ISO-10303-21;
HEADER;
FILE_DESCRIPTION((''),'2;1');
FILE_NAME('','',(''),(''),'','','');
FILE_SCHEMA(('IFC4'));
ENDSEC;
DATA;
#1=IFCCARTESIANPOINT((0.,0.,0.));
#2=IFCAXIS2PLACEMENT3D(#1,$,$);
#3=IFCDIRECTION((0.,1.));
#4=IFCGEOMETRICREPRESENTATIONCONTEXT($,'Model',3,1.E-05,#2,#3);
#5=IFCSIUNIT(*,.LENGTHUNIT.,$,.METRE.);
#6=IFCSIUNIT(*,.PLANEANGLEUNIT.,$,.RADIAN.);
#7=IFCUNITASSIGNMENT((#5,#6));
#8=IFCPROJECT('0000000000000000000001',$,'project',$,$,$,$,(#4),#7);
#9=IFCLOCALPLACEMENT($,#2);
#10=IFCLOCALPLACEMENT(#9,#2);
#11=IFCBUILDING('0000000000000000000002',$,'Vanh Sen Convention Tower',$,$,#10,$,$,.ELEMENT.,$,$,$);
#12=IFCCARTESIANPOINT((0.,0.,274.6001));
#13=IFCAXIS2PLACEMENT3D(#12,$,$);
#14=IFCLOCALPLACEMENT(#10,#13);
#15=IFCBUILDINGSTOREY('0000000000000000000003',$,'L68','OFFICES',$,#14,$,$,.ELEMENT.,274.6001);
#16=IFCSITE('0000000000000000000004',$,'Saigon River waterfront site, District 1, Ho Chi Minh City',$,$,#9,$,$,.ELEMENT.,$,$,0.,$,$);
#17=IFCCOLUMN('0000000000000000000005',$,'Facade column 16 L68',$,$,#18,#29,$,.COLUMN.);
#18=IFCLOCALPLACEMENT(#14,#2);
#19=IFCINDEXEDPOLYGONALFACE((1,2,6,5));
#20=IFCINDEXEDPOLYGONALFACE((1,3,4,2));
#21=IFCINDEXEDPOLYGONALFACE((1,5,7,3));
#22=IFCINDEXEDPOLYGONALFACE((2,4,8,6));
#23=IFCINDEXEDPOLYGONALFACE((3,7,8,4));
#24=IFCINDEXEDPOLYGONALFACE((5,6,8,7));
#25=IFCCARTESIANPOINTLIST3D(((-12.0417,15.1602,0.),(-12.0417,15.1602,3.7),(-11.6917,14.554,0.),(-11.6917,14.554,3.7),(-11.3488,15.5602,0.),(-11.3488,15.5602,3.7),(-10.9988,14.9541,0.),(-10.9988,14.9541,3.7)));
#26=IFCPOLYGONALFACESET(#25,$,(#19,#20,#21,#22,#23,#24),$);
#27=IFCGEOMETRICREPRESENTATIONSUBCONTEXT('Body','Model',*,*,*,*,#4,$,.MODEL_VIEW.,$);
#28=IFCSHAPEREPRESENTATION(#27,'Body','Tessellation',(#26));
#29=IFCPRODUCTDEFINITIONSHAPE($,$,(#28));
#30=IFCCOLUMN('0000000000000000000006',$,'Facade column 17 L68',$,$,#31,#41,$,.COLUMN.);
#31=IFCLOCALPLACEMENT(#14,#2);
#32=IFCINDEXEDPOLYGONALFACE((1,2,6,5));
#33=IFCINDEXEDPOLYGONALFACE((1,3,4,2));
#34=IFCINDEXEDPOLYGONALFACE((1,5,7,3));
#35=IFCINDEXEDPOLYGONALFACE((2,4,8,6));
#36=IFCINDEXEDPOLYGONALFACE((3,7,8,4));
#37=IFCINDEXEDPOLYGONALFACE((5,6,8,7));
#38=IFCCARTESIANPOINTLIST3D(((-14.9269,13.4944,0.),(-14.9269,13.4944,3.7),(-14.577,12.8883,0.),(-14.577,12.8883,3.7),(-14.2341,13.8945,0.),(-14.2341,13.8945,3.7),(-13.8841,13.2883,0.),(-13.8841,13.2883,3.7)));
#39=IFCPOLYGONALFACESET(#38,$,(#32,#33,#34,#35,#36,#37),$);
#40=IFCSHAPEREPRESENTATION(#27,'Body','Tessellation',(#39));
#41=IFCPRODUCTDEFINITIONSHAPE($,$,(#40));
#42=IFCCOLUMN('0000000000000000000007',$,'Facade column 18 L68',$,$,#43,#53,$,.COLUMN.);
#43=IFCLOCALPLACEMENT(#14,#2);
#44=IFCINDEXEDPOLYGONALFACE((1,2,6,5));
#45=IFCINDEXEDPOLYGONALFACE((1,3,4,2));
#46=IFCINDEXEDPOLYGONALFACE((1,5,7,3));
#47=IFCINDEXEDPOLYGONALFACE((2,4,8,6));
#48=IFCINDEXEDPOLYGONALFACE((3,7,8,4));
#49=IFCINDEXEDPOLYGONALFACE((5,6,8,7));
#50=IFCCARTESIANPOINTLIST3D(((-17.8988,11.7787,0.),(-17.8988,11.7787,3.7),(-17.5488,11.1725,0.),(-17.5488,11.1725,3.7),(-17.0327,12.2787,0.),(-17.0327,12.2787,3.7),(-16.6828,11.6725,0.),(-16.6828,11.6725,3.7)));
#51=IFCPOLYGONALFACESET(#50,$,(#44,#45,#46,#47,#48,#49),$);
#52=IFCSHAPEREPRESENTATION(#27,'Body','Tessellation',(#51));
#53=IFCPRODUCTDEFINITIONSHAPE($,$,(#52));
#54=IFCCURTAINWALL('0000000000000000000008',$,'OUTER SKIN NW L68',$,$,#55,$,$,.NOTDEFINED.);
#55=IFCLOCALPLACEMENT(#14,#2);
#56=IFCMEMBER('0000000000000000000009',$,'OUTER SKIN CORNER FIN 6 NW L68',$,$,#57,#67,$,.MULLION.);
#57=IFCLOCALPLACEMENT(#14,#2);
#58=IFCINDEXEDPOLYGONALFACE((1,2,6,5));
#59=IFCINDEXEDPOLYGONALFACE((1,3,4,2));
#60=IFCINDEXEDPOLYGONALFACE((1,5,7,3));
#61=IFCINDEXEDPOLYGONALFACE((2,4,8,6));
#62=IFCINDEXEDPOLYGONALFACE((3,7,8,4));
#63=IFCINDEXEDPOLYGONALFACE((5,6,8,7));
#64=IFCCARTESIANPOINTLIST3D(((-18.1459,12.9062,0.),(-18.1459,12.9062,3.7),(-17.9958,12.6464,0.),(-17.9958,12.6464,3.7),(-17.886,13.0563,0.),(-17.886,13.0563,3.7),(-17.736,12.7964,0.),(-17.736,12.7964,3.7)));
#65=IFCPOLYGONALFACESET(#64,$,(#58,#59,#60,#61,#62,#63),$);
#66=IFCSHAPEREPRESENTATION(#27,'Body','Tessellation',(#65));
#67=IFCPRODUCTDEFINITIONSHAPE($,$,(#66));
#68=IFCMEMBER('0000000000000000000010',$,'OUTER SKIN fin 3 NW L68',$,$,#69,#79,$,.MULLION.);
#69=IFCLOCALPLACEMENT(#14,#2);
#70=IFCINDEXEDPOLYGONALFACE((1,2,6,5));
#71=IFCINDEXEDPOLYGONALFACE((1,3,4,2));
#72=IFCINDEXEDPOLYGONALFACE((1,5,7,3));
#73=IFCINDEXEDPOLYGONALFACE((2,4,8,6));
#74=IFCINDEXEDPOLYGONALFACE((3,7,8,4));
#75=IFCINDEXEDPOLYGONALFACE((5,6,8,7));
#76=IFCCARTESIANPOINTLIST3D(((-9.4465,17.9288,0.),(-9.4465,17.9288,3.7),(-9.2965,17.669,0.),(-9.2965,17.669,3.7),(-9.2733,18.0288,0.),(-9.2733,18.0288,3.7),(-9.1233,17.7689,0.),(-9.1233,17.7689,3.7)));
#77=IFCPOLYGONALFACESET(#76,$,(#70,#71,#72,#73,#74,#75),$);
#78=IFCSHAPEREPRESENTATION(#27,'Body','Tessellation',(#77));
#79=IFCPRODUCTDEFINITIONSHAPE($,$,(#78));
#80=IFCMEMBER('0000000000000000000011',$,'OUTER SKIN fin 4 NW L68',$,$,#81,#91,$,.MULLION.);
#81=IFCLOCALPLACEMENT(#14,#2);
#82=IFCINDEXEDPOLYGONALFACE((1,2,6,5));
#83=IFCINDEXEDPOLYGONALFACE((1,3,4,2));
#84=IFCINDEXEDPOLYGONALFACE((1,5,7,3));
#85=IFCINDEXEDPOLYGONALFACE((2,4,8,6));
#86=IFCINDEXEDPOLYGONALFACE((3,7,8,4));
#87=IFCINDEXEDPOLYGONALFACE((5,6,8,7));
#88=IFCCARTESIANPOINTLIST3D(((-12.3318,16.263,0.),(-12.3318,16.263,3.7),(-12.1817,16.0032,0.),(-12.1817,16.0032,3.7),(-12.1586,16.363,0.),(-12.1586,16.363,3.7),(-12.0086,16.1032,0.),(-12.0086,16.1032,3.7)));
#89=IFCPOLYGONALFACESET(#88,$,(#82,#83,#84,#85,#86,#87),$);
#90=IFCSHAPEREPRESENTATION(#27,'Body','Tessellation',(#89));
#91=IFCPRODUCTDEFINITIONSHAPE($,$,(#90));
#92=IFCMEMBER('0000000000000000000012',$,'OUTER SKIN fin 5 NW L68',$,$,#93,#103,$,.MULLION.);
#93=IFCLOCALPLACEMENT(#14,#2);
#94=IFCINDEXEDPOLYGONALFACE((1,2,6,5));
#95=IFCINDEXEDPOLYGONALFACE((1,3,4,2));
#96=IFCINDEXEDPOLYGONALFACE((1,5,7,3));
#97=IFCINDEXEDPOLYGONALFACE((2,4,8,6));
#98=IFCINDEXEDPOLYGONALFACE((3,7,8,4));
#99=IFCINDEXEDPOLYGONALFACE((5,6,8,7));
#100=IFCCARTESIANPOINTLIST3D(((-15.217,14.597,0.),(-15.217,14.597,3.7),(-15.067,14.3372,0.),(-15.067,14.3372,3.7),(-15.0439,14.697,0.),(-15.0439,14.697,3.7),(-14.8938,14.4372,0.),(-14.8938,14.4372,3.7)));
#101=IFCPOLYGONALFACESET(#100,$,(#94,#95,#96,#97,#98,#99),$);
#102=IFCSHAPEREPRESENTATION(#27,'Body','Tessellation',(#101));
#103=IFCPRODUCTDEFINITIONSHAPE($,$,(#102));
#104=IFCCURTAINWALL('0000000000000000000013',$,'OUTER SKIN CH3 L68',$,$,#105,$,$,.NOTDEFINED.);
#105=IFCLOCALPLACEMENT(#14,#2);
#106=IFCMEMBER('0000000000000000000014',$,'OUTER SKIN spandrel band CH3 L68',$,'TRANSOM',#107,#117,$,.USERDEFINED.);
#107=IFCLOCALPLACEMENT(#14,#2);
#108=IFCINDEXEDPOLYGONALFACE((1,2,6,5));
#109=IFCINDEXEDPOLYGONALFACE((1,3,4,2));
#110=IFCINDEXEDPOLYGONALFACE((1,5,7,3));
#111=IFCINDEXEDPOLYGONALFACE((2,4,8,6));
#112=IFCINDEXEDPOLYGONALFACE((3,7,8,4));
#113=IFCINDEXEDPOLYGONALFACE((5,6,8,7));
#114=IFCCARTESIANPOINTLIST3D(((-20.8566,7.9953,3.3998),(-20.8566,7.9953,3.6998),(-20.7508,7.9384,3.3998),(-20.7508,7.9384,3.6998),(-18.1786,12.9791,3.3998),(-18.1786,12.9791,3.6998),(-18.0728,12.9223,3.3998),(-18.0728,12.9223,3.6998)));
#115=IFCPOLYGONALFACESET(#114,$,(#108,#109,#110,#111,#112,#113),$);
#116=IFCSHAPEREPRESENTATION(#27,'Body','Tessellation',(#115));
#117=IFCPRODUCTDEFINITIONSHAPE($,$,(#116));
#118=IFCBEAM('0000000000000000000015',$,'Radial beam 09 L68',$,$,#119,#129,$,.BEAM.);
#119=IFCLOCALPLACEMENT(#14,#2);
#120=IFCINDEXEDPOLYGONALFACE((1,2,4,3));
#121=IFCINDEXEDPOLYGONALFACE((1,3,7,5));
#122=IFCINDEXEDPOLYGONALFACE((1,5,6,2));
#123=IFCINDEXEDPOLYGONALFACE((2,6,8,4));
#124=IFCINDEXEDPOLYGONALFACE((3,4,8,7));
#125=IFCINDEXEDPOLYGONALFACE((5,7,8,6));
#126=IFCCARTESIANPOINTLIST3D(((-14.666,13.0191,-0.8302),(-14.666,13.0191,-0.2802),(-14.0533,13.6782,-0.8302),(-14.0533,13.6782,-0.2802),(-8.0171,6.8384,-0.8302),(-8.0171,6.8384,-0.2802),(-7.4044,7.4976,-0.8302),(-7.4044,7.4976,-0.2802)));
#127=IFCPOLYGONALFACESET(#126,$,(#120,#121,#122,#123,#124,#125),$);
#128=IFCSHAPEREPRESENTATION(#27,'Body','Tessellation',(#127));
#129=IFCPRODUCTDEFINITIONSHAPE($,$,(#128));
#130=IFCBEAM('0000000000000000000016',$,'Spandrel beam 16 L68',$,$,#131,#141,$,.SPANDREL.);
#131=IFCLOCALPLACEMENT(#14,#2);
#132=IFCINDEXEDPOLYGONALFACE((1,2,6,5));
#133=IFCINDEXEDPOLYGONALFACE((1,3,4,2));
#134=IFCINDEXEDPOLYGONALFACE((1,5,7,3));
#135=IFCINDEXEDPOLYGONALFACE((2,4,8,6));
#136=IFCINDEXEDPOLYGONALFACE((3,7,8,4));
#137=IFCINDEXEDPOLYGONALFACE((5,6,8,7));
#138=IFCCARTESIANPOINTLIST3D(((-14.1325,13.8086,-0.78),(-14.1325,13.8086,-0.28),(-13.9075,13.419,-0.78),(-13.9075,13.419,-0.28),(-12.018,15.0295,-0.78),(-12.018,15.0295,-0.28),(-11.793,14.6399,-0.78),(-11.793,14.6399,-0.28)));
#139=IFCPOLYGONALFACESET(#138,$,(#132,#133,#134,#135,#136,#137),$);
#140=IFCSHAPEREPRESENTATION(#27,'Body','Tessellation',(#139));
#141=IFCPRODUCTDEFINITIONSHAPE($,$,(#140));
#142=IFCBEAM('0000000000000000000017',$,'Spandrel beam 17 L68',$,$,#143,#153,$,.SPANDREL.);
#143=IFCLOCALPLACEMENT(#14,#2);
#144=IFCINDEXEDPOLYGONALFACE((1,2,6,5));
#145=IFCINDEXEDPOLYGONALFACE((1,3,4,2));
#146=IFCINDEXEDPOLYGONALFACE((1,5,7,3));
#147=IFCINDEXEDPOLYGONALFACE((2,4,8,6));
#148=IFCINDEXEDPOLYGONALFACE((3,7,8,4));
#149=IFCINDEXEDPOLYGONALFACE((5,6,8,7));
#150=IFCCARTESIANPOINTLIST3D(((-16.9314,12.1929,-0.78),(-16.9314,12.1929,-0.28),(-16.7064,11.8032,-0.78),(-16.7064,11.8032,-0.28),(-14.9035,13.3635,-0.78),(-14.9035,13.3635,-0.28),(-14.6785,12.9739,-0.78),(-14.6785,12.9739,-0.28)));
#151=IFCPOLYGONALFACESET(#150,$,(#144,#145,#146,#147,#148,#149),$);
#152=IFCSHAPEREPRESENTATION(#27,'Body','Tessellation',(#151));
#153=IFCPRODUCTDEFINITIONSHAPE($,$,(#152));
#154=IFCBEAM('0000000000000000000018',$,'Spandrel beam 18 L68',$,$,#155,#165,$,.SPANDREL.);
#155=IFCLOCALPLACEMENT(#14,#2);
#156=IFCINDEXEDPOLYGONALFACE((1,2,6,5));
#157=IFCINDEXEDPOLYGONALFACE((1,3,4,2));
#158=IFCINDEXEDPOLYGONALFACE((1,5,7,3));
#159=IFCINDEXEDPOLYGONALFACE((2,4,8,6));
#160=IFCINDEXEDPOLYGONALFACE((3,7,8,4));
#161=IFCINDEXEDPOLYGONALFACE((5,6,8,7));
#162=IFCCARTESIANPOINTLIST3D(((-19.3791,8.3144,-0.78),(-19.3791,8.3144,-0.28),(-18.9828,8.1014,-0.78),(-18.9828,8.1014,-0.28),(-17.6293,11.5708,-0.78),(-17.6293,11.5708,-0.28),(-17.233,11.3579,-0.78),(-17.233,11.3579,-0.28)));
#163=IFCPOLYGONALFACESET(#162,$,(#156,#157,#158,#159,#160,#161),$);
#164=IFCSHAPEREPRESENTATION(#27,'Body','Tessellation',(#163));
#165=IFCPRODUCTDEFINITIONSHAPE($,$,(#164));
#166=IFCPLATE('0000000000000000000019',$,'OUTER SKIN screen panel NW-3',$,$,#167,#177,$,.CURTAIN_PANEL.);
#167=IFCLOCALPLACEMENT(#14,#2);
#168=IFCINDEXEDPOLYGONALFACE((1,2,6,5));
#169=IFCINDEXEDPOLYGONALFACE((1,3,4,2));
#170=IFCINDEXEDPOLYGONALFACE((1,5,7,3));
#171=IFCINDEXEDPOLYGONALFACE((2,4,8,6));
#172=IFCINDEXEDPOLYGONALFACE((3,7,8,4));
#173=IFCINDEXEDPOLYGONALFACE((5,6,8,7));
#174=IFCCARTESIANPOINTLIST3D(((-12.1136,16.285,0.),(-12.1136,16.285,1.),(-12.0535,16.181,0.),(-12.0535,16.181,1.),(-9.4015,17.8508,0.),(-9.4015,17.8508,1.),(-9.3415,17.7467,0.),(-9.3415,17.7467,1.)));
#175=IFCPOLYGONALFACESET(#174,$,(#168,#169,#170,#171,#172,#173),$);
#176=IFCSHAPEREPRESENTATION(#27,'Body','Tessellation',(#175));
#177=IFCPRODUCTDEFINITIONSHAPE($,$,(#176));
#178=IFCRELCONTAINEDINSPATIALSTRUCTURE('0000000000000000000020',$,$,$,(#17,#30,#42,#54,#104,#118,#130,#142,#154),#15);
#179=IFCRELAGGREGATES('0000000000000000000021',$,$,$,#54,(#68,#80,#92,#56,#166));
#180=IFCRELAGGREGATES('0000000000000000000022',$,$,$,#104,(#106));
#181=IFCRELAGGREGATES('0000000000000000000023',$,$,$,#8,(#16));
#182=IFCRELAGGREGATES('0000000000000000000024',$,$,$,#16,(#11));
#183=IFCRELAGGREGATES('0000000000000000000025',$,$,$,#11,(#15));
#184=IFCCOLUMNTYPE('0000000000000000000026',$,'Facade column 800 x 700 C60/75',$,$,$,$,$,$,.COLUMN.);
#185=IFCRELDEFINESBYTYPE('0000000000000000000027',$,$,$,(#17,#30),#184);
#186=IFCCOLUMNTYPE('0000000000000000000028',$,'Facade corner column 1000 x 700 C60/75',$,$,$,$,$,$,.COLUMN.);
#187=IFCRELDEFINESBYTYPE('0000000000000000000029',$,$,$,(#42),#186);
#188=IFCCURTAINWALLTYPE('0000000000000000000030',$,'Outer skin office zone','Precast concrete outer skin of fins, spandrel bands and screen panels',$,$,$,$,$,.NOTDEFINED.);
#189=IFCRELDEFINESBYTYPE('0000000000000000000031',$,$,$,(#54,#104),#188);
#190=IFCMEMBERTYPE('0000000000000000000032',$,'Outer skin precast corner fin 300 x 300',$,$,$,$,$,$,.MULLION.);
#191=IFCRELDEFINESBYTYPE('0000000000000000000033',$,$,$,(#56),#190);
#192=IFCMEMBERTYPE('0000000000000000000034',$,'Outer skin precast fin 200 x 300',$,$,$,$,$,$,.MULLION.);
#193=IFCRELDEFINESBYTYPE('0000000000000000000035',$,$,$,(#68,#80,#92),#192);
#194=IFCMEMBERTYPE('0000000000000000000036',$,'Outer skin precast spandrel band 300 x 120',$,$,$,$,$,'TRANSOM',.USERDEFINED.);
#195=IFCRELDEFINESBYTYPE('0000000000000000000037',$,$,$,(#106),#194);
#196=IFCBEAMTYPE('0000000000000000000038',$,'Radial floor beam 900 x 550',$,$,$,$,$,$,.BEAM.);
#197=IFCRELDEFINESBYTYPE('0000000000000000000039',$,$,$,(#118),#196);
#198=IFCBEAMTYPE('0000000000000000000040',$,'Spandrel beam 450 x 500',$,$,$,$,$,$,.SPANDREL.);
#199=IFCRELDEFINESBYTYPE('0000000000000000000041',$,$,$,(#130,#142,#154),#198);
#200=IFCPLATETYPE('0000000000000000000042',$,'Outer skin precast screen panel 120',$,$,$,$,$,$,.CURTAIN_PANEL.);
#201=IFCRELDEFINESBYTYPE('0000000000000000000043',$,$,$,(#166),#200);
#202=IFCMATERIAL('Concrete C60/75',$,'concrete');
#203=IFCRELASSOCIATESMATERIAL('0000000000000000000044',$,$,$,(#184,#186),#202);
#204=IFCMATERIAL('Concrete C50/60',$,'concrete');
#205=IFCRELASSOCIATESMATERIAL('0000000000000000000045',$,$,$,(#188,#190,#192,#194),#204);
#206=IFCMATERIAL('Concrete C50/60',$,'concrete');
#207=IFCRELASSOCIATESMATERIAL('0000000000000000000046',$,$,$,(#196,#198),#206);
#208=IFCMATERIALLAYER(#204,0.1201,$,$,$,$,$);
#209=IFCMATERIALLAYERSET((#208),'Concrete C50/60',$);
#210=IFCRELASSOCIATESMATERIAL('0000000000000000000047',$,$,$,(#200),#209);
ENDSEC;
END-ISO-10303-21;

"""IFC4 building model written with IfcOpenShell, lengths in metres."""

from ifc_helpers import new_model, si_unit, direction, frame, origin, origin_2d, place, context, subcontext, project, spatial, rectangle, extrude, material, layer, layer_set, material_profile, profile_set, type_object, element, aggregate, save


model = new_model("IFC4")

# Units and contexts
model_context = context("Model", 3, precision=1e-05, world=origin(), true_north=direction((0.0, 1.0)))
body_context = subcontext(model_context, "Body", "Model", "MODEL_VIEW")
ifc_project = project(units=[si_unit("LENGTHUNIT", "METRE"), si_unit("PLANEANGLEUNIT", "RADIAN")], contexts=[model_context])

# Site, building, storey
site_placement = place(None, origin())
site = spatial("IfcSite", under=ifc_project, at=site_placement, Name="Saigon River waterfront site, District 1, Ho Chi Minh City", CompositionType="ELEMENT", RefElevation=0.0)
building_placement = place(site_placement, origin())
building = spatial("IfcBuilding", under=site, at=building_placement, Name="Vanh Sen Convention Tower", CompositionType="ELEMENT")
storey_placement = place(building_placement, frame((0.0, 0.0, 274.6001)))
storey = spatial("IfcBuildingStorey", under=building, at=storey_placement, Name="L68", Description="OFFICES", CompositionType="ELEMENT", Elevation=274.6001)

# Columns
ifc_material_1 = material(Name="Concrete C60/75", Category="concrete")
ifc_material_profile_1 = material_profile(ifc_material_1, rectangle(XDim=0.8, YDim=0.7, at=origin_2d()), Name="RC 800X700")
ifc_profile_set_1 = profile_set([ifc_material_profile_1], Name="Concrete C60/75")
column_type_1 = type_object("IfcColumnType", Name="Facade column 800 x 700 C60/75", PredefinedType="COLUMN", material=ifc_profile_set_1)
for number, where, z_axis, x_axis, name in (
    (1, (-11.5203, 15.0571, 0.0), (0.0, 0.0, 1.0), (-0.866025, -0.5, 0.0), "Facade column 16 L68"),
    (2, (-14.4055, 13.3914, 0.0), (0.0, 0.0, 1.0), (-0.866025, -0.5, 0.0), "Facade column 17 L68"),
):
    element("IfcColumn", number, at=place(storey_placement, frame(where, z_axis=z_axis, x_axis=x_axis)), inside=storey, type_object=column_type_1, Name=name, PredefinedType="COLUMN", context=body_context, shape_type="SweptSolid", body=[
        extrude(rectangle(XDim=0.8, YDim=0.7, at=origin_2d()), origin(), (0.0, 0.0, 1.0), 3.7),
    ])
ifc_material_profile_2 = material_profile(ifc_material_1, rectangle(XDim=1.0, YDim=0.7, at=origin_2d()), Name="RC 1000X700")
ifc_profile_set_2 = profile_set([ifc_material_profile_2], Name="Concrete C60/75")
column_type_2 = type_object("IfcColumnType", Name="Facade corner column 1000 x 700 C60/75", PredefinedType="COLUMN", material=ifc_profile_set_2)
column_placement = place(storey_placement, frame((-17.2908, 11.7256, 0.0), z_axis=(0.0, 0.0, 1.0), x_axis=(-0.866025, -0.5, 0.0)))
element("IfcColumn", 3, at=column_placement, inside=storey, type_object=column_type_2, Name="Facade column 18 L68", PredefinedType="COLUMN", context=body_context, shape_type="SweptSolid", body=[
    extrude(rectangle(XDim=1.0, YDim=0.7, at=origin_2d()), origin(), (0.0, 0.0, 1.0), 3.7),
])

# Curtain wall, members
ifc_material_2 = material(Name="Concrete C50/60", Category="concrete")
curtain_wall_type = type_object("IfcCurtainWallType", Name="Outer skin office zone", Description="Precast concrete outer skin of fins, spandrel bands and screen panels", PredefinedType="NOTDEFINED", material=ifc_material_2)
curtain_wall_1_placement = place(storey_placement, origin())
curtain_wall_1 = element("IfcCurtainWall", 4, at=curtain_wall_1_placement, inside=storey, type_object=curtain_wall_type, Name="OUTER SKIN NW L68", PredefinedType="NOTDEFINED")
ifc_material_profile_3 = material_profile(ifc_material_2, rectangle(XDim=0.3, YDim=0.3, at=origin_2d()), Name="Outer skin precast corner fin 300 x 300")
ifc_profile_set_3 = profile_set([ifc_material_profile_3], Name="Concrete C50/60")
member_type_1 = type_object("IfcMemberType", Name="Outer skin precast corner fin 300 x 300", PredefinedType="MULLION", material=ifc_profile_set_3)
member_1_placement = place(storey_placement, frame((-17.9409, 12.8513, 0.0), z_axis=(0.0, 0.0, 1.0), x_axis=(-0.866025, -0.5, 0.0)))
member_1 = element("IfcMember", 5, at=member_1_placement, type_object=member_type_1, Name="OUTER SKIN CORNER FIN 6 NW L68", PredefinedType="MULLION", context=body_context, shape_type="SweptSolid", body=[
    extrude(rectangle(XDim=0.3, YDim=0.3, at=origin_2d()), origin(), (0.0, 0.0, 1.0), 3.7),
])
ifc_material_profile_4 = material_profile(ifc_material_2, rectangle(XDim=0.2, YDim=0.3, at=origin_2d()), Name="Outer skin precast fin 200 x 300")
ifc_profile_set_4 = profile_set([ifc_material_profile_4], Name="Concrete C50/60")
member_type_2 = type_object("IfcMemberType", Name="Outer skin precast fin 200 x 300", PredefinedType="MULLION", material=ifc_profile_set_4)
member_2_placement = place(storey_placement, frame((-9.2849, 17.8489, 0.0), z_axis=(0.0, 0.0, 1.0), x_axis=(-0.866025, -0.5, 0.0)))
member_2 = element("IfcMember", 6, at=member_2_placement, type_object=member_type_2, Name="OUTER SKIN fin 3 NW L68", PredefinedType="MULLION", context=body_context, shape_type="SweptSolid", body=[
    extrude(rectangle(XDim=0.2, YDim=0.3, at=origin_2d()), origin(), (0.0, 0.0, 1.0), 3.7),
])
member_3_placement = place(storey_placement, frame((-12.1702, 16.1831, 0.0), z_axis=(0.0, 0.0, 1.0), x_axis=(-0.866025, -0.5, 0.0)))
member_3 = element("IfcMember", 7, at=member_3_placement, type_object=member_type_2, Name="OUTER SKIN fin 4 NW L68", PredefinedType="MULLION", context=body_context, shape_type="SweptSolid", body=[
    extrude(rectangle(XDim=0.2, YDim=0.3, at=origin_2d()), origin(), (0.0, 0.0, 1.0), 3.7),
])
member_4_placement = place(storey_placement, frame((-15.0554, 14.5171, 0.0), z_axis=(0.0, 0.0, 1.0), x_axis=(-0.866025, -0.5, 0.0)))
member_4 = element("IfcMember", 8, at=member_4_placement, type_object=member_type_2, Name="OUTER SKIN fin 5 NW L68", PredefinedType="MULLION", context=body_context, shape_type="SweptSolid", body=[
    extrude(rectangle(XDim=0.2, YDim=0.3, at=origin_2d()), origin(), (0.0, 0.0, 1.0), 3.7),
])

# Curtain wall, member
curtain_wall_2_placement = place(storey_placement, origin())
curtain_wall_2 = element("IfcCurtainWall", 9, at=curtain_wall_2_placement, inside=storey, type_object=curtain_wall_type, Name="OUTER SKIN CH3 L68", PredefinedType="NOTDEFINED")
ifc_material_profile_5 = material_profile(ifc_material_2, rectangle(XDim=0.1201, YDim=0.3, at=origin_2d()), Name="Outer skin precast spandrel band 300 x 120")
ifc_profile_set_5 = profile_set([ifc_material_profile_5], Name="Concrete C50/60")
member_type_3 = type_object("IfcMemberType", Name="Outer skin precast spandrel band 300 x 120", ElementType="TRANSOM", PredefinedType="USERDEFINED", material=ifc_profile_set_5)
member_5_placement = place(storey_placement, frame((-18.1257, 12.9507, 3.5498), z_axis=(-0.473325, -0.880888, 0.0), x_axis=(0.880888, -0.473325, 0.0)))
member_5 = element("IfcMember", 10, at=member_5_placement, type_object=member_type_3, Name="OUTER SKIN spandrel band CH3 L68", ObjectType="TRANSOM", PredefinedType="USERDEFINED", context=body_context, shape_type="SweptSolid", body=[
    extrude(rectangle(XDim=0.1201, YDim=0.3, at=origin_2d()), origin(), (0.0, 0.0, 1.0), 5.6577),
])

# Beams
ifc_material_3 = material(Name="Concrete C50/60", Category="concrete")
ifc_material_profile_6 = material_profile(ifc_material_3, rectangle(XDim=0.8999, YDim=0.55, at=origin_2d()), Name="RC 900X550")
ifc_profile_set_6 = profile_set([ifc_material_profile_6], Name="Concrete C50/60")
beam_type_1 = type_object("IfcBeamType", Name="Radial floor beam 900 x 550", PredefinedType="BEAM", material=ifc_profile_set_6)
beam_1_placement = place(storey_placement, frame((-14.3596, 13.3486, -0.5552), z_axis=(0.732427, -0.680845, 0.0), x_axis=(0.680845, 0.732427, 0.0)))
element("IfcBeam", 11, at=beam_1_placement, inside=storey, type_object=beam_type_1, Name="Radial beam 09 L68", PredefinedType="BEAM", context=body_context, shape_type="SweptSolid", body=[
    extrude(rectangle(XDim=0.8999, YDim=0.55, at=origin_2d()), origin(), (0.0, 0.0, 1.0), 9.0779),
])
ifc_material_profile_7 = material_profile(ifc_material_3, rectangle(XDim=0.45, YDim=0.5, at=origin_2d()), Name="RC 450X500")
ifc_profile_set_7 = profile_set([ifc_material_profile_7], Name="Concrete C50/60")
beam_type_2 = type_object("IfcBeamType", Name="Spandrel beam 450 x 500", PredefinedType="SPANDREL", material=ifc_profile_set_7)
beam_2_placement = place(storey_placement, frame((-11.9055, 14.8347, -0.53), z_axis=(-0.866001, -0.500043, 0.0), x_axis=(0.500043, -0.866001, 0.0)))
element("IfcBeam", 12, at=beam_2_placement, inside=storey, type_object=beam_type_2, Name="Spandrel beam 16 L68", PredefinedType="SPANDREL", context=body_context, shape_type="SweptSolid", body=[
    extrude(rectangle(XDim=0.45, YDim=0.5, at=origin_2d()), origin(), (0.0, 0.0, 1.0), 2.4417),
])
beam_3_placement = place(storey_placement, frame((-14.791, 13.1687, -0.53), z_axis=(-0.866047, -0.499963, 0.0), x_axis=(0.499963, -0.866047, 0.0)))
element("IfcBeam", 13, at=beam_3_placement, inside=storey, type_object=beam_type_2, Name="Spandrel beam 17 L68", PredefinedType="SPANDREL", context=body_context, shape_type="SweptSolid", body=[
    extrude(rectangle(XDim=0.45, YDim=0.5, at=origin_2d()), origin(), (0.0, 0.0, 1.0), 2.3416),
])
beam_4_placement = place(storey_placement, frame((-17.4312, 11.4644, -0.53), z_axis=(-0.473332, -0.880884, 0.0), x_axis=(0.880884, -0.473332, 0.0)))
element("IfcBeam", 14, at=beam_4_placement, inside=storey, type_object=beam_type_2, Name="Spandrel beam 18 L68", PredefinedType="SPANDREL", context=body_context, shape_type="SweptSolid", body=[
    extrude(rectangle(XDim=0.45, YDim=0.5, at=origin_2d()), origin(), (0.0, 0.0, 1.0), 3.6968),
])

# Plate
ifc_layer_1 = layer(ifc_material_2, 0.1201)
ifc_layer_set_1 = layer_set([ifc_layer_1], Name="Concrete C50/60")
plate_type = type_object("IfcPlateType", Name="Outer skin precast screen panel 120", PredefinedType="CURTAIN_PANEL", material=ifc_layer_set_1)
plate_1_placement = place(storey_placement, frame((-10.7275, 17.0159, 0.0), z_axis=(0.0, 0.0, 1.0), x_axis=(-0.866029, -0.499994, 0.0)))
plate_1 = element("IfcPlate", 15, at=plate_1_placement, type_object=plate_type, Name="OUTER SKIN screen panel NW-3", PredefinedType="CURTAIN_PANEL", context=body_context, shape_type="SweptSolid", body=[
    extrude(rectangle(XDim=3.1316, YDim=0.1201, at=origin_2d()), origin(), (0.0, 0.0, 1.0), 1.0),
])
aggregate(curtain_wall_1, [member_2, member_3, member_4, member_1, plate_1])
aggregate(curtain_wall_2, [member_5])

save(model, "model.ifc")
